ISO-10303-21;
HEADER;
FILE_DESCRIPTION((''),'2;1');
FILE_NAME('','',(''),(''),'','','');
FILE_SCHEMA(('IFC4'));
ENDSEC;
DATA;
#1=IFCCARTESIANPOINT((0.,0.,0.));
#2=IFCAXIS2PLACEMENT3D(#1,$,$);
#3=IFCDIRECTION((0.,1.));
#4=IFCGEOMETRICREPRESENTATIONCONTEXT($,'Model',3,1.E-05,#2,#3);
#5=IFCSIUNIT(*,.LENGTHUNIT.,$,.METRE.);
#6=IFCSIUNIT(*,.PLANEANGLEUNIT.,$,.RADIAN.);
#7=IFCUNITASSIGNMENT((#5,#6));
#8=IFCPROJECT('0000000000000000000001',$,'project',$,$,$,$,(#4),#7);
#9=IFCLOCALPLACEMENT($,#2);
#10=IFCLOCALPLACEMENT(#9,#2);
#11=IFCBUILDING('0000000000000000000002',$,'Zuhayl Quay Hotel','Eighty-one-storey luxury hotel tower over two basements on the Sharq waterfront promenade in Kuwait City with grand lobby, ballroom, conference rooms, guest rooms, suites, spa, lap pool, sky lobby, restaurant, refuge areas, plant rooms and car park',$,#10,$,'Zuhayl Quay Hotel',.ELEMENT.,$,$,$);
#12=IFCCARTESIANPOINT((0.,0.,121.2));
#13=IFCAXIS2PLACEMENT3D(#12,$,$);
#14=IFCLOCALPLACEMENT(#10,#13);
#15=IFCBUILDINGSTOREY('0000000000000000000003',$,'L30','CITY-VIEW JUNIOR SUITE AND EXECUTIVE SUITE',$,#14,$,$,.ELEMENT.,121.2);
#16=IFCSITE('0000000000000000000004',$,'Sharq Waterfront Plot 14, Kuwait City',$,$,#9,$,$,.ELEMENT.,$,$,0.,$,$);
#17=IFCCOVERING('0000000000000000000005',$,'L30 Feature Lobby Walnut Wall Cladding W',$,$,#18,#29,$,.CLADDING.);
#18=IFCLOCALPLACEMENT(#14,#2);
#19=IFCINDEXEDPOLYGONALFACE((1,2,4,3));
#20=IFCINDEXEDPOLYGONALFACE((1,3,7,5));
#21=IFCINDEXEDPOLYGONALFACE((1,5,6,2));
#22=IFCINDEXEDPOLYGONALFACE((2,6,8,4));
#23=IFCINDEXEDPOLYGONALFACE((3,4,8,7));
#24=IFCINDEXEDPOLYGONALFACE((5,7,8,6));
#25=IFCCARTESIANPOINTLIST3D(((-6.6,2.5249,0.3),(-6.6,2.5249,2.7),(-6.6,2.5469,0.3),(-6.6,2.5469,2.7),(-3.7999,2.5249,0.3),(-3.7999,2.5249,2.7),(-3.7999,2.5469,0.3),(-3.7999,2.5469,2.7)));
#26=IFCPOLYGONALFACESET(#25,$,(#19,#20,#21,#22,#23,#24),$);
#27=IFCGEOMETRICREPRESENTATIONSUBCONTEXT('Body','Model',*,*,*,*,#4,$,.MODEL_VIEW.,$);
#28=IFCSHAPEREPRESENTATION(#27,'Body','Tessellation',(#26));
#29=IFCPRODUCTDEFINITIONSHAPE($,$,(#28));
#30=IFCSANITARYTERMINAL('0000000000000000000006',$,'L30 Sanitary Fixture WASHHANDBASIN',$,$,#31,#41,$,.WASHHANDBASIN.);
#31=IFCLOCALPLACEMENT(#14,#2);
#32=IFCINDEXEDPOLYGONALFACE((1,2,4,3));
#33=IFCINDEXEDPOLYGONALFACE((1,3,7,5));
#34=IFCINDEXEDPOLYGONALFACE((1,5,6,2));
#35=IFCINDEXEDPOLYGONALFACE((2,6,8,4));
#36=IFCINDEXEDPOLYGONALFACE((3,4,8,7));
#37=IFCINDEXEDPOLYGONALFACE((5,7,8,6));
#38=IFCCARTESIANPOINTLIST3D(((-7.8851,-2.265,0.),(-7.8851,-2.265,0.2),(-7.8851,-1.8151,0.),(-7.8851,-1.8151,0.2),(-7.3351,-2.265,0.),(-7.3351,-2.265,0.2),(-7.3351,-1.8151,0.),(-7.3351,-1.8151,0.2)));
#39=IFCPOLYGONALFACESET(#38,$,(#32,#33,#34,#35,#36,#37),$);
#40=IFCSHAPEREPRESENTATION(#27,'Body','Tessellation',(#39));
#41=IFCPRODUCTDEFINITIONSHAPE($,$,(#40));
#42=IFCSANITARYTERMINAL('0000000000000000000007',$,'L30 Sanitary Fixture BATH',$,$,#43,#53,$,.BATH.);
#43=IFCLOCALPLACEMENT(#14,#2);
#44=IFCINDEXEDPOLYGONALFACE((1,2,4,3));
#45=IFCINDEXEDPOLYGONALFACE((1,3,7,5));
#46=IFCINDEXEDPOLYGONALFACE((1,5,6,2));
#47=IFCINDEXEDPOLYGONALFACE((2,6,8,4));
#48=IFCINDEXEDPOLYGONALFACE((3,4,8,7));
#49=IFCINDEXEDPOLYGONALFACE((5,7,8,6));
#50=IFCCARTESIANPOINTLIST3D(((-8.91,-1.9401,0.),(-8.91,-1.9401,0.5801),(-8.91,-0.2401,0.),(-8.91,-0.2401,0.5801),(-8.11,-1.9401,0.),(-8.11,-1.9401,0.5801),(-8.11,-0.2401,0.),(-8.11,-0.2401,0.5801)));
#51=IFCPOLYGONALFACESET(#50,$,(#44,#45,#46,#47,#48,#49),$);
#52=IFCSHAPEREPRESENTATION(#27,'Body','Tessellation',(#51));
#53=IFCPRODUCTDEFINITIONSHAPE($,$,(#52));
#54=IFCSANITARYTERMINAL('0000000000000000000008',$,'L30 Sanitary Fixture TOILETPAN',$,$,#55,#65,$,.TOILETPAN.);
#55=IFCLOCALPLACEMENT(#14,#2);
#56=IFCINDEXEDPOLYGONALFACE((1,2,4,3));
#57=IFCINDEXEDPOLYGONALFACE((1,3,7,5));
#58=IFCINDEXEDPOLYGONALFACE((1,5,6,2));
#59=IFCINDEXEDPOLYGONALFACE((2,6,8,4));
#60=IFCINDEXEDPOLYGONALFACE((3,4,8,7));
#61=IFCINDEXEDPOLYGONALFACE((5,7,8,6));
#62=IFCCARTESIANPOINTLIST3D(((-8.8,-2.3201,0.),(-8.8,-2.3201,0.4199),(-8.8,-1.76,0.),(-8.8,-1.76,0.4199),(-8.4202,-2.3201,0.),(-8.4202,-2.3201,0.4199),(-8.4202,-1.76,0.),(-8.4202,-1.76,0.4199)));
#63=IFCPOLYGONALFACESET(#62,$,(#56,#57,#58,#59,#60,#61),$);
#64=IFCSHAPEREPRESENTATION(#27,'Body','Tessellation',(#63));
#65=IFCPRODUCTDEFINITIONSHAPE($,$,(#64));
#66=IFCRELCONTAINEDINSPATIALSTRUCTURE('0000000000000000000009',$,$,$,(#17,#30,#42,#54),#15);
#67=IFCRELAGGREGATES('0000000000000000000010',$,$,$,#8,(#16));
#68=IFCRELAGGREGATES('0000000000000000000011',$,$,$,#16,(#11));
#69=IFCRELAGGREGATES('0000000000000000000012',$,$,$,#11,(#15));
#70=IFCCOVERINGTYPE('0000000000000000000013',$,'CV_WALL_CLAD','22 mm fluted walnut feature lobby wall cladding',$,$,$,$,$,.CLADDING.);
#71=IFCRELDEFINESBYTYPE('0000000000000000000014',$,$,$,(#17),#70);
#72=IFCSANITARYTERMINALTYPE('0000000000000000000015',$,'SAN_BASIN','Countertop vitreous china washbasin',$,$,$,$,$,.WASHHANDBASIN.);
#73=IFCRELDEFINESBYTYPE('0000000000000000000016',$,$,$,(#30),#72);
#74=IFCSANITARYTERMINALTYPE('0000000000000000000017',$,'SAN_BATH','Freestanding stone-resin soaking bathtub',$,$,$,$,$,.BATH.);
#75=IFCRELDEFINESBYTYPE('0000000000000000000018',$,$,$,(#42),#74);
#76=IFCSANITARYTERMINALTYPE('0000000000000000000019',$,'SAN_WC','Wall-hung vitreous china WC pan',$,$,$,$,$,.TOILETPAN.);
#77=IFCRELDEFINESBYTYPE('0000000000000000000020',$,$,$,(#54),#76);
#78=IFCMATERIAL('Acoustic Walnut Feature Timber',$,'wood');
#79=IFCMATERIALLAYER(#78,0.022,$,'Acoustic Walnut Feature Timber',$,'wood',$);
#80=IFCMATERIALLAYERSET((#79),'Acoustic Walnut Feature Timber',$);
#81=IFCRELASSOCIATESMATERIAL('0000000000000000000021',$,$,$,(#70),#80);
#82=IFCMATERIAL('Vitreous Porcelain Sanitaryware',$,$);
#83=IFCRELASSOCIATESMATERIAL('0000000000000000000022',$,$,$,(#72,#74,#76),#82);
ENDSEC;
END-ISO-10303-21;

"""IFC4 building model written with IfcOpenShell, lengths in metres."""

from ifc_helpers import new_model, si_unit, direction, frame, origin, origin_2d, place, context, subcontext, project, spatial, rectangle, extrude, material, layer, layer_set, type_object, element, save


model = new_model("IFC4")

# Units and contexts
model_context = context("Model", 3, precision=1e-05, world=origin(), true_north=direction((0.0, 1.0)))
body_context = subcontext(model_context, "Body", "Model", "MODEL_VIEW")
ifc_project = project(units=[si_unit("LENGTHUNIT", "METRE"), si_unit("PLANEANGLEUNIT", "RADIAN")], contexts=[model_context])

# Site, building, storey
site_placement = place(None, origin())
site = spatial("IfcSite", under=ifc_project, at=site_placement, Name="Sharq Waterfront Plot 14, Kuwait City", CompositionType="ELEMENT", RefElevation=0.0)
building_placement = place(site_placement, origin())
building = spatial("IfcBuilding", under=site, at=building_placement, Name="Zuhayl Quay Hotel", Description="Eighty-one-storey luxury hotel tower over two basements on the Sharq waterfront promenade in Kuwait City with grand lobby, ballroom, conference rooms, guest rooms, suites, spa, lap pool, sky lobby, restaurant, refuge areas, plant rooms and car park", LongName="Zuhayl Quay Hotel", CompositionType="ELEMENT")
storey_placement = place(building_placement, frame((0.0, 0.0, 121.2)))
storey = spatial("IfcBuildingStorey", under=building, at=storey_placement, Name="L30", Description="CITY-VIEW JUNIOR SUITE AND EXECUTIVE SUITE", CompositionType="ELEMENT", Elevation=121.2)

# Covering
ifc_material_1 = material(Name="Acoustic Walnut Feature Timber", Category="wood")
ifc_layer_1 = layer(ifc_material_1, 0.022, Name="Acoustic Walnut Feature Timber", Category="wood")
ifc_layer_set_1 = layer_set([ifc_layer_1], Name="Acoustic Walnut Feature Timber")
covering_type = type_object("IfcCoveringType", Name="CV_WALL_CLAD", Description="22 mm fluted walnut feature lobby wall cladding", PredefinedType="CLADDING", material=ifc_layer_set_1)
covering_placement = place(storey_placement, frame((-5.2, 2.5359, 0.3), z_axis=(0.0, 0.0, 1.0), x_axis=(1.0, 0.0, 0.0)))
element("IfcCovering", 1, at=covering_placement, inside=storey, type_object=covering_type, Name="L30 Feature Lobby Walnut Wall Cladding W", PredefinedType="CLADDING", context=body_context, shape_type="SweptSolid", body=[
    extrude(rectangle(XDim=2.8, YDim=0.022, at=origin_2d()), origin(), (0.0, 0.0, 1.0), 2.3999),
])

# Sanitary terminals
ifc_material_2 = material(Name="Vitreous Porcelain Sanitaryware")
sanitary_terminal_type_1 = type_object("IfcSanitaryTerminalType", Name="SAN_BASIN", Description="Countertop vitreous china washbasin", PredefinedType="WASHHANDBASIN", material=ifc_material_2)
sanitary_terminal_1_placement = place(storey_placement, frame((-7.6101, -2.04, 0.0), z_axis=(0.0, 0.0, 1.0), x_axis=(1.0, 0.0, 0.0)))
element("IfcSanitaryTerminal", 2, at=sanitary_terminal_1_placement, inside=storey, type_object=sanitary_terminal_type_1, Name="L30 Sanitary Fixture WASHHANDBASIN", PredefinedType="WASHHANDBASIN", context=body_context, shape_type="SweptSolid", body=[
    extrude(rectangle(XDim=0.55, YDim=0.45, at=origin_2d()), origin(), (0.0, 0.0, 1.0), 0.2),
])
sanitary_terminal_type_2 = type_object("IfcSanitaryTerminalType", Name="SAN_BATH", Description="Freestanding stone-resin soaking bathtub", PredefinedType="BATH", material=ifc_material_2)
sanitary_terminal_2_placement = place(storey_placement, frame((-8.51, -1.0901, 0.0), z_axis=(0.0, 0.0, 1.0), x_axis=(1.0, 0.0, 0.0)))
element("IfcSanitaryTerminal", 3, at=sanitary_terminal_2_placement, inside=storey, type_object=sanitary_terminal_type_2, Name="L30 Sanitary Fixture BATH", PredefinedType="BATH", context=body_context, shape_type="SweptSolid", body=[
    extrude(rectangle(XDim=0.8, YDim=1.7, at=origin_2d()), origin(), (0.0, 0.0, 1.0), 0.5801),
])
sanitary_terminal_type_3 = type_object("IfcSanitaryTerminalType", Name="SAN_WC", Description="Wall-hung vitreous china WC pan", PredefinedType="TOILETPAN", material=ifc_material_2)
sanitary_terminal_3_placement = place(storey_placement, frame((-8.6101, -2.04, 0.0), z_axis=(0.0, 0.0, 1.0), x_axis=(1.0, 0.0, 0.0)))
element("IfcSanitaryTerminal", 4, at=sanitary_terminal_3_placement, inside=storey, type_object=sanitary_terminal_type_3, Name="L30 Sanitary Fixture TOILETPAN", PredefinedType="TOILETPAN", context=body_context, shape_type="SweptSolid", body=[
    extrude(rectangle(XDim=0.3799, YDim=0.5601, at=origin_2d()), origin(), (0.0, 0.0, 1.0), 0.4199),
])

save(model, "model.ifc")
